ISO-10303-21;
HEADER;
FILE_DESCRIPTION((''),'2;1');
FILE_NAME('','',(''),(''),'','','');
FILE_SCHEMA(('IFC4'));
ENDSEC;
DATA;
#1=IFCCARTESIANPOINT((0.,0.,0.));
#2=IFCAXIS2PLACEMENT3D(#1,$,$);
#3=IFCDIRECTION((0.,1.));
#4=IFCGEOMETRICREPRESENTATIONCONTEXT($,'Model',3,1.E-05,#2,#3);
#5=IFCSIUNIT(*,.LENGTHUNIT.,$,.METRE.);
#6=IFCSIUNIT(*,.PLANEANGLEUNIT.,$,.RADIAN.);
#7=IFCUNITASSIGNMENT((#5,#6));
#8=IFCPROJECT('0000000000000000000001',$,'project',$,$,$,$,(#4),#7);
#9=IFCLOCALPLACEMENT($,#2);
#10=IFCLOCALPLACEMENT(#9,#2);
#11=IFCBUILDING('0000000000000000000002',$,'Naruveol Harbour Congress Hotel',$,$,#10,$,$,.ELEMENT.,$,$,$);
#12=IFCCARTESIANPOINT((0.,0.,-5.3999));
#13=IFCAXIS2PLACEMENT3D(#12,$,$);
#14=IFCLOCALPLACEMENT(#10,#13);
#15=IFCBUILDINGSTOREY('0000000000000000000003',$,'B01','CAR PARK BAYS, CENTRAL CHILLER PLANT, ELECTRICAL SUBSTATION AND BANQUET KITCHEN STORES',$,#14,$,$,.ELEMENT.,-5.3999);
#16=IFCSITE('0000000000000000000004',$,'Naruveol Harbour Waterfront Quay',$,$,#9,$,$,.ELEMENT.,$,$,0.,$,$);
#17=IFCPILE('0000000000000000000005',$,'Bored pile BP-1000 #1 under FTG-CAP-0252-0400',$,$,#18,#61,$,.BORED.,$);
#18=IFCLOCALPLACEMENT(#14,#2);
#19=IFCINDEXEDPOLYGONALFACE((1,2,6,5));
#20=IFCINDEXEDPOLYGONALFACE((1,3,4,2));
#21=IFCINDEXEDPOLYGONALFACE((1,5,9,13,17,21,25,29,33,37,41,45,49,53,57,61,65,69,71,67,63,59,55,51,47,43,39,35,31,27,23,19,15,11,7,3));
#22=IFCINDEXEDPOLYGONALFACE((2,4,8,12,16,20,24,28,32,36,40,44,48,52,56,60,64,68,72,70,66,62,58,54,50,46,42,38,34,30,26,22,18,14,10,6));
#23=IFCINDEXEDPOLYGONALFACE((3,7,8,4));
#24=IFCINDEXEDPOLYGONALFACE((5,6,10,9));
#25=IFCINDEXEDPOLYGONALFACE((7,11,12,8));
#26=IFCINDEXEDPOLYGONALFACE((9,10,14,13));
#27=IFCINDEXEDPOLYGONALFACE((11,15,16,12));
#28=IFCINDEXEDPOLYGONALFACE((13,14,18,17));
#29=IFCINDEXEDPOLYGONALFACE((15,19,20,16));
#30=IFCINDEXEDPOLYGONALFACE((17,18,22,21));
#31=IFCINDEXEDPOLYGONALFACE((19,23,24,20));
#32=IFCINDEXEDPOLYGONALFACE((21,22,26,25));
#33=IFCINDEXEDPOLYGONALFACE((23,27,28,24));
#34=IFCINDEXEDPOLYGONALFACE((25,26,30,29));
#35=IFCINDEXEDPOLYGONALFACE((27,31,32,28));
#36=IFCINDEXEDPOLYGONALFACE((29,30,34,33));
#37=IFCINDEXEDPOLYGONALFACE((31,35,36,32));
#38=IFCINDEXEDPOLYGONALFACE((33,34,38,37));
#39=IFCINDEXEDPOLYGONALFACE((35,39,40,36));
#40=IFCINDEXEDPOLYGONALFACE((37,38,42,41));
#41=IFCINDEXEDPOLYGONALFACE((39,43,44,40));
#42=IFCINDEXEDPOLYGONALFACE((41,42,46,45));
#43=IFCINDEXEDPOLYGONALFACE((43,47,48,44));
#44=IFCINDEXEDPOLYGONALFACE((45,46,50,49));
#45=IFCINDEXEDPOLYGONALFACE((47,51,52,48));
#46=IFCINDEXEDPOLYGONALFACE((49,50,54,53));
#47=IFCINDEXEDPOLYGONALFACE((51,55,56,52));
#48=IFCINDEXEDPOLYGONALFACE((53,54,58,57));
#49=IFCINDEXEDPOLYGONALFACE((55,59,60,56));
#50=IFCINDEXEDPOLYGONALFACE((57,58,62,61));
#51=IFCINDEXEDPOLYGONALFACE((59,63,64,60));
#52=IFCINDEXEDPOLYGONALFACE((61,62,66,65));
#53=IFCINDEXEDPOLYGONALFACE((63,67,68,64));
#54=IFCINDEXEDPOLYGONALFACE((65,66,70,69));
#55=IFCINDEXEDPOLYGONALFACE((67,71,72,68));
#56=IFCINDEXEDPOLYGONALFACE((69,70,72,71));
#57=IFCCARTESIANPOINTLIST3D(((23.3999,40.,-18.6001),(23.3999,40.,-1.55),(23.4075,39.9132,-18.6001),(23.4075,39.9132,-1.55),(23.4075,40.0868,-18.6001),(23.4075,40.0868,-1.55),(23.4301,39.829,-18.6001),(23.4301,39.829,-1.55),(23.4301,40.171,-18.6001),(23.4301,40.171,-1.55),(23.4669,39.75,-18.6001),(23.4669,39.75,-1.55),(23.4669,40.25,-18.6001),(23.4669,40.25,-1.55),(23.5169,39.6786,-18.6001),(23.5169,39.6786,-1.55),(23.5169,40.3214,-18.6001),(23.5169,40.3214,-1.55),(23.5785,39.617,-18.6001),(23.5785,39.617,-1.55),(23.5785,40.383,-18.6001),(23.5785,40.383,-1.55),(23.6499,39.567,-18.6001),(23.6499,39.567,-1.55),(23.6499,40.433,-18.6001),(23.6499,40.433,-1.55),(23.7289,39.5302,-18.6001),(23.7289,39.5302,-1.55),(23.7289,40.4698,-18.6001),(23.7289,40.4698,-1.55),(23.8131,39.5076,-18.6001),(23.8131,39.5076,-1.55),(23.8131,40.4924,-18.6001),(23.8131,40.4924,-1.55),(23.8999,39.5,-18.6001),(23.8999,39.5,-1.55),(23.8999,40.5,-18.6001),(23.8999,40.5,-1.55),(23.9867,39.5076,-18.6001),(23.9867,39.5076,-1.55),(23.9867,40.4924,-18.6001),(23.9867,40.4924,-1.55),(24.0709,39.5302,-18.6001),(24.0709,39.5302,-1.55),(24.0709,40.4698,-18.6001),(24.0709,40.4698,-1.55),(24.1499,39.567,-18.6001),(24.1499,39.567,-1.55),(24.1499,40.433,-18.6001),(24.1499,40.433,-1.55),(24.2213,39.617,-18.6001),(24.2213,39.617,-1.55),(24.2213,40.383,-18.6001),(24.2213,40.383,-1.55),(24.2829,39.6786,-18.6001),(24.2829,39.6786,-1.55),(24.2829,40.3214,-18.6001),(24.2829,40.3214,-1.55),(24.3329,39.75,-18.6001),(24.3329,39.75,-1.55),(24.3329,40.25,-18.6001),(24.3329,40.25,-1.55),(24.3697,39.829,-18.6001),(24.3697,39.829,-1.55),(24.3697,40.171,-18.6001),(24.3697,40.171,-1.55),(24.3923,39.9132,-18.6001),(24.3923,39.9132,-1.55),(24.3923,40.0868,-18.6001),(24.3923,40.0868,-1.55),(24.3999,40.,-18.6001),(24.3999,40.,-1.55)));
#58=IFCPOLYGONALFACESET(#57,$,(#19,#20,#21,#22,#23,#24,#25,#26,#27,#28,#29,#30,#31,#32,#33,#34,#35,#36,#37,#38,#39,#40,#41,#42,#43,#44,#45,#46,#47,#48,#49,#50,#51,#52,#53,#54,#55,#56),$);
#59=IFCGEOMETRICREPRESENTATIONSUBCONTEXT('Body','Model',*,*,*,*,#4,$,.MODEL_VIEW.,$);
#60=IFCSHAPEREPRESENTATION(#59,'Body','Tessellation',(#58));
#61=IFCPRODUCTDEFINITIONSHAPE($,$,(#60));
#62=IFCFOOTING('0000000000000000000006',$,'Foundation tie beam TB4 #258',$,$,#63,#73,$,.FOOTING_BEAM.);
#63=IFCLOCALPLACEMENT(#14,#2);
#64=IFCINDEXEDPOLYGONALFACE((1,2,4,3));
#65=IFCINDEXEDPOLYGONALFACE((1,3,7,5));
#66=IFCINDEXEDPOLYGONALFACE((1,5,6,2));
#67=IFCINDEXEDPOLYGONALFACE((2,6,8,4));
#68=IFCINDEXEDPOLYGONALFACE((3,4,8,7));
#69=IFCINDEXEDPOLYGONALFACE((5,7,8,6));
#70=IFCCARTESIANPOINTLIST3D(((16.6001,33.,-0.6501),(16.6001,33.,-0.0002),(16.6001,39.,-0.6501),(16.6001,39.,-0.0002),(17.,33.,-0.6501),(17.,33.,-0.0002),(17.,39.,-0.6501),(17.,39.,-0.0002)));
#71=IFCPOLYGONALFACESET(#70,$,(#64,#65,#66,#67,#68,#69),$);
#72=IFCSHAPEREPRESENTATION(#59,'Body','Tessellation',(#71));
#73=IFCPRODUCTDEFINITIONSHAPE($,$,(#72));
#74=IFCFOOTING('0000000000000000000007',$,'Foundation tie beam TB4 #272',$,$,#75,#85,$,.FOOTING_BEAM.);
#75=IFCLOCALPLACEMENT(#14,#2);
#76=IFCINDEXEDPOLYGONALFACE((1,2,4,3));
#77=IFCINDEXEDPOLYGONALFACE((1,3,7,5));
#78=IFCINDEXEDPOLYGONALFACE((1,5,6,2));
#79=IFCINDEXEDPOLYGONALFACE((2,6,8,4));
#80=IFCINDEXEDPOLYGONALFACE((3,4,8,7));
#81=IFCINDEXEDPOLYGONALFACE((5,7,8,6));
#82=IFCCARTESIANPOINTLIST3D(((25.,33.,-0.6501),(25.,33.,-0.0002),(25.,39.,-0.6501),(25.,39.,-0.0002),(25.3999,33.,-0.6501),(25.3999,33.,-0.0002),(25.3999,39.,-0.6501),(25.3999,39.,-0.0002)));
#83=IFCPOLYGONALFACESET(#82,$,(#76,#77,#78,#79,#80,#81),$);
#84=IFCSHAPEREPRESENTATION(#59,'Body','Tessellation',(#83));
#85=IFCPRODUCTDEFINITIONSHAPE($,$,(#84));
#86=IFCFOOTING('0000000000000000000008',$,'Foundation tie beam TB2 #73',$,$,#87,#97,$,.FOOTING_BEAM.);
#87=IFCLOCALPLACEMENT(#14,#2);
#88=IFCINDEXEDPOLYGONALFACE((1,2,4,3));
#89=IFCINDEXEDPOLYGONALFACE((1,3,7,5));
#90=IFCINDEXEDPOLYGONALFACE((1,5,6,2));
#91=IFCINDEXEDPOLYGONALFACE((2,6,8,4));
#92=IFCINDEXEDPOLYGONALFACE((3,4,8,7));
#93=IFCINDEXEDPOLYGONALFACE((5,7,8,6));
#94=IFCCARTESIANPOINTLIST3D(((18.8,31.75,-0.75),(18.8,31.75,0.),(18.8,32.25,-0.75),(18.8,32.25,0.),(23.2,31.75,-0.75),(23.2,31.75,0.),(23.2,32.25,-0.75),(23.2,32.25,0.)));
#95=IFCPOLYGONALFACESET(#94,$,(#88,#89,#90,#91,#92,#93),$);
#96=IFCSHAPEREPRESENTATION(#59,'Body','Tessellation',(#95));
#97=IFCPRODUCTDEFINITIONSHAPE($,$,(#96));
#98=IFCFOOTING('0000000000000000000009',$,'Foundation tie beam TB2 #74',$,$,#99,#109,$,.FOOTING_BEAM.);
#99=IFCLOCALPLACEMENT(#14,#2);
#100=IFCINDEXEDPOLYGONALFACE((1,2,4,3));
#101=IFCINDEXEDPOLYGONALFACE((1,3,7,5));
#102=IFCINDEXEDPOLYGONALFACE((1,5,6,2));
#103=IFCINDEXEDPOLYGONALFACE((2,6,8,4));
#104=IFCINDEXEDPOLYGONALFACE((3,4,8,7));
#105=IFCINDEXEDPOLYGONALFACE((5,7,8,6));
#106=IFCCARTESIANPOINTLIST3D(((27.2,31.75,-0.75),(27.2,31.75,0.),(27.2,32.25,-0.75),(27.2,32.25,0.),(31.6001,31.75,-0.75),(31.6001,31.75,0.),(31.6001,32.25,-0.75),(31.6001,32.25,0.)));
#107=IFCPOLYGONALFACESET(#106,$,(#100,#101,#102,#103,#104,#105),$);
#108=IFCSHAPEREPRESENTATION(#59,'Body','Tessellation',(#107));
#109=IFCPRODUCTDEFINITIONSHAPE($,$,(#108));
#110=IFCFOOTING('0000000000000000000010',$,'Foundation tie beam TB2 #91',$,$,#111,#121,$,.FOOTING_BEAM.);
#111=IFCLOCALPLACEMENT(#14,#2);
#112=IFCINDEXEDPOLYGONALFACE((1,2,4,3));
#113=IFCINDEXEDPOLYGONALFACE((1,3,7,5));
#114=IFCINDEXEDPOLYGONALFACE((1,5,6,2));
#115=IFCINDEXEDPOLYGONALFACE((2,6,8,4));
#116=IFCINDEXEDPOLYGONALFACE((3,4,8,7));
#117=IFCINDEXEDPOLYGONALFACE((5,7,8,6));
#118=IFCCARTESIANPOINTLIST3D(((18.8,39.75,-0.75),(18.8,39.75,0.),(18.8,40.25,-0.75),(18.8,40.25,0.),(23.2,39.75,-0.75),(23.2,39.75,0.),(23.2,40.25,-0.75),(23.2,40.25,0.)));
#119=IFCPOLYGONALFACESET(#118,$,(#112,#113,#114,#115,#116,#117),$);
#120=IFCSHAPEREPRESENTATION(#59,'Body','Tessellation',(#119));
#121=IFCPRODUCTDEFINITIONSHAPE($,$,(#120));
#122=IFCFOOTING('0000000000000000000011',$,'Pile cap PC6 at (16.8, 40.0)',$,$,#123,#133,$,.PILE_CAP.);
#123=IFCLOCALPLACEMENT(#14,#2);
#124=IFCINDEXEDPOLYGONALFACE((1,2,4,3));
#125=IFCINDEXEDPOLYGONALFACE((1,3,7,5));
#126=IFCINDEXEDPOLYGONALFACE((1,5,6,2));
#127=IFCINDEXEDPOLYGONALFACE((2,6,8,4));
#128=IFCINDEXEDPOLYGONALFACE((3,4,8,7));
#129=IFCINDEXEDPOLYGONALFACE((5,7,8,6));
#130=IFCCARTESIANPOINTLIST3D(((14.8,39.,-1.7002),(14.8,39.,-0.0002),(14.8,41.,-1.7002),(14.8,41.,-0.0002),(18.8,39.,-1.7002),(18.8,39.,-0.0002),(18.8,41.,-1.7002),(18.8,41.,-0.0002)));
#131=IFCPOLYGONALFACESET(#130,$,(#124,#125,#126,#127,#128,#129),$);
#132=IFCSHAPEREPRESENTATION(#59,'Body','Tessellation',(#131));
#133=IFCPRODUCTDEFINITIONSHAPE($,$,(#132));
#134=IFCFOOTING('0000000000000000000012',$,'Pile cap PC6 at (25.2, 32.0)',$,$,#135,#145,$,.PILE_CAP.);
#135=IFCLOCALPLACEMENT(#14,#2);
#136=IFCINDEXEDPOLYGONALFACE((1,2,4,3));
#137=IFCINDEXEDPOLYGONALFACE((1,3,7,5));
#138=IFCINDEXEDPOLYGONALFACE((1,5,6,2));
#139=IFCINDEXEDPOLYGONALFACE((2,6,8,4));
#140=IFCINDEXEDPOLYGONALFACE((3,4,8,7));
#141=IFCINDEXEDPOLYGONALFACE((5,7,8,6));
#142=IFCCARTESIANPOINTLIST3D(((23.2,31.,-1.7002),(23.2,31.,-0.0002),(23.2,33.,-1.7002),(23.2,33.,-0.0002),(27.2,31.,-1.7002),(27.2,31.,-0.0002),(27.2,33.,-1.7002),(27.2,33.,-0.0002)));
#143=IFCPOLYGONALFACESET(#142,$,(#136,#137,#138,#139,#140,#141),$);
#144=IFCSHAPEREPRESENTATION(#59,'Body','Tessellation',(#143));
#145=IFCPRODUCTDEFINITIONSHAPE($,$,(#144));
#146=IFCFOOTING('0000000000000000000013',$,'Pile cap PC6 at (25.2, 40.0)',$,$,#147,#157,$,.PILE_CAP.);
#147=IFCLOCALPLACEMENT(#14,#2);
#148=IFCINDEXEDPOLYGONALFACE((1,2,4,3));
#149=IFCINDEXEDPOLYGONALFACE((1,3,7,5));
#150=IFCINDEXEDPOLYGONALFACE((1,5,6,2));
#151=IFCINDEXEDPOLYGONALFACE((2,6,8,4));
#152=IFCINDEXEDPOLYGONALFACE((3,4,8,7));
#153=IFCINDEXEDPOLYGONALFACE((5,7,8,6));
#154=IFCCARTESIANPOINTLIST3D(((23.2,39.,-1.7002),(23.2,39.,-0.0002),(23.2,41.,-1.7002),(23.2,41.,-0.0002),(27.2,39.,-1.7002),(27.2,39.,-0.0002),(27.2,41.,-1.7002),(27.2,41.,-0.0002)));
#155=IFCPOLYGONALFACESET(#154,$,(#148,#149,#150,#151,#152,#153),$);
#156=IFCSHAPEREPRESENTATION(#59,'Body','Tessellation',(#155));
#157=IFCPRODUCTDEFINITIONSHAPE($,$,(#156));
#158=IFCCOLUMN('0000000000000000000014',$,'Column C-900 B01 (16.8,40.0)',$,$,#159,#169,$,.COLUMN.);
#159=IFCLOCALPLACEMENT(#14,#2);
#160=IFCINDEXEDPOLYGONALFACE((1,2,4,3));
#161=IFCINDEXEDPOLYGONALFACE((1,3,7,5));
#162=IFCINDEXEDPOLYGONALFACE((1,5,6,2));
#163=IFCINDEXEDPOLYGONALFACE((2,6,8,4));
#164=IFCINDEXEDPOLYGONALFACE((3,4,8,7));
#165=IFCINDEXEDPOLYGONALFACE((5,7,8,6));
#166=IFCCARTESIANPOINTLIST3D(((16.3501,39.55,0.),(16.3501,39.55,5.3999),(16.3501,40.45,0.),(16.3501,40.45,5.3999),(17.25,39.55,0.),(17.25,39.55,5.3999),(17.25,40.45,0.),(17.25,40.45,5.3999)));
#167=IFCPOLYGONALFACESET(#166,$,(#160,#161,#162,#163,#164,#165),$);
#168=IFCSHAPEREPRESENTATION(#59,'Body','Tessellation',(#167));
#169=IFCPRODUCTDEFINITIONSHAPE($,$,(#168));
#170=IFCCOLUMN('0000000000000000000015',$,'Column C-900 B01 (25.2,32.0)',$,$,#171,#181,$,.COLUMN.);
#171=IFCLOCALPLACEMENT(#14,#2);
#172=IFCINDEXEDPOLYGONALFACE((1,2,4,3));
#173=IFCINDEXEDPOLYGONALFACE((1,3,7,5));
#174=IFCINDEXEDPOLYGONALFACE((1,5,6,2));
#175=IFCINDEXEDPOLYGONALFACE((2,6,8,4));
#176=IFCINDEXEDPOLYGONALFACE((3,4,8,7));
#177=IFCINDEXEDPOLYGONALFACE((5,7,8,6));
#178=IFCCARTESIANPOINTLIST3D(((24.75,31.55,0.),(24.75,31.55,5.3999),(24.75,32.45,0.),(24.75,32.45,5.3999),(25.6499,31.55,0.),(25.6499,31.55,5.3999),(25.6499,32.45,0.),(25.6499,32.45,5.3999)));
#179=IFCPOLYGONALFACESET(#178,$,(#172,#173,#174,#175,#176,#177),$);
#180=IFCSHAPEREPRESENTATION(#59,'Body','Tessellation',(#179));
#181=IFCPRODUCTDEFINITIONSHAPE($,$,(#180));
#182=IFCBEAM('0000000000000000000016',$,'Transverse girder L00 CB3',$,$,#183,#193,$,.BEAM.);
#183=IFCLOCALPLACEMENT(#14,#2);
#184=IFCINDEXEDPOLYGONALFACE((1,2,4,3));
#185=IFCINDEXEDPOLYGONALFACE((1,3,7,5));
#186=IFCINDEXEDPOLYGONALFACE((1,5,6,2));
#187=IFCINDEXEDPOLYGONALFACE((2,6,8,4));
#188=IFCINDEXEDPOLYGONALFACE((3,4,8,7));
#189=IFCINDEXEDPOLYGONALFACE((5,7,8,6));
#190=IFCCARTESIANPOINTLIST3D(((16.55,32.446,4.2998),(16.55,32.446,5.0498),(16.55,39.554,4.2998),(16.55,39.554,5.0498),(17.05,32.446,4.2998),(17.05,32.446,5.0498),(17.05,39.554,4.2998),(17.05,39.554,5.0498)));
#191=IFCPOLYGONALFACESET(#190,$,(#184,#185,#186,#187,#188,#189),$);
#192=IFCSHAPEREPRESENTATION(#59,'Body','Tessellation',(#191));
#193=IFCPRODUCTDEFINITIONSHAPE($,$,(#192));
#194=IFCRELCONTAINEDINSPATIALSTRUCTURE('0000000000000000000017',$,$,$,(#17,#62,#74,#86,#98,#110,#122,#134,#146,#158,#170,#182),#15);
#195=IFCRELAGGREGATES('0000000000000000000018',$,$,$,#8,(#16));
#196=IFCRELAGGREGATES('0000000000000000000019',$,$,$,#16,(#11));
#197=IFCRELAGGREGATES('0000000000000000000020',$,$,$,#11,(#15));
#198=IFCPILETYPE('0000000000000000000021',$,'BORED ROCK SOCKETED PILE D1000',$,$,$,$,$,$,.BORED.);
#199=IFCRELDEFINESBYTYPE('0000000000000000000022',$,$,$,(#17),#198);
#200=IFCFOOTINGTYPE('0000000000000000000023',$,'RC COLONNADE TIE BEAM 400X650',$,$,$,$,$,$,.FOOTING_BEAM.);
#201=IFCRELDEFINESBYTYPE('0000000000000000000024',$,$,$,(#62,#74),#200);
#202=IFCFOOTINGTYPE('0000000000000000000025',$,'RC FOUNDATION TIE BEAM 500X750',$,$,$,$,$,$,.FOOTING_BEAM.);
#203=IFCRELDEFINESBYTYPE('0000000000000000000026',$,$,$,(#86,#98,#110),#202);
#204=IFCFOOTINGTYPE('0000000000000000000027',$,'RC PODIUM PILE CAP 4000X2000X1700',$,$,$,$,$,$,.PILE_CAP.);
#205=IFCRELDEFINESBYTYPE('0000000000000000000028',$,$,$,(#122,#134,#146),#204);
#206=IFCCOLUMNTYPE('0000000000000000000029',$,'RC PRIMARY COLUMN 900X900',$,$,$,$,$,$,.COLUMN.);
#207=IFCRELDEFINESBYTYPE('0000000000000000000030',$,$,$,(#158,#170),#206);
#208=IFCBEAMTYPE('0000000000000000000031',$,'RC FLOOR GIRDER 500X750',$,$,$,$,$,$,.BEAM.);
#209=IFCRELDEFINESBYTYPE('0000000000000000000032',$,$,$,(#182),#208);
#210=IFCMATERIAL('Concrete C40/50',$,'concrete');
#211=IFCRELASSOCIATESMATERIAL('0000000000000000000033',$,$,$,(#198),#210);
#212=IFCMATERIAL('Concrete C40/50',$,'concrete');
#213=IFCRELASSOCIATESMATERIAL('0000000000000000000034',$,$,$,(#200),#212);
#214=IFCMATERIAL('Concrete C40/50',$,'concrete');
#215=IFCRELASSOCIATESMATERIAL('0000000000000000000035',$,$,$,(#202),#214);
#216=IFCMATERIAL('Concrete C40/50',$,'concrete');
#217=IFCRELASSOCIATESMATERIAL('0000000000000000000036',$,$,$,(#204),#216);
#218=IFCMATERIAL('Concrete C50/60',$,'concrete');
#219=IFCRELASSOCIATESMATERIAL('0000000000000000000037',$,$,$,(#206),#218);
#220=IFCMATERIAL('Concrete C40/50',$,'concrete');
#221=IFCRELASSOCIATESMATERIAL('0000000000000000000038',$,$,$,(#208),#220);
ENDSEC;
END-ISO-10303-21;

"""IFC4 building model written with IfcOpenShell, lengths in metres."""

from ifc_helpers import new_model, si_unit, direction, frame, origin, origin_2d, place, context, subcontext, project, spatial, rectangle, circle, extrude, material, material_profile, profile_set, type_object, element, save


model = new_model("IFC4")

# Units and contexts
model_context = context("Model", 3, precision=1e-05, world=origin(), true_north=direction((0.0, 1.0)))
body_context = subcontext(model_context, "Body", "Model", "MODEL_VIEW")
ifc_project = project(units=[si_unit("LENGTHUNIT", "METRE"), si_unit("PLANEANGLEUNIT", "RADIAN")], contexts=[model_context])

# Site, building, storey
site_placement = place(None, origin())
site = spatial("IfcSite", under=ifc_project, at=site_placement, Name="Naruveol Harbour Waterfront Quay", CompositionType="ELEMENT", RefElevation=0.0)
building_placement = place(site_placement, origin())
building = spatial("IfcBuilding", under=site, at=building_placement, Name="Naruveol Harbour Congress Hotel", CompositionType="ELEMENT")
storey_placement = place(building_placement, frame((0.0, 0.0, -5.3999)))
storey = spatial("IfcBuildingStorey", under=building, at=storey_placement, Name="B01", Description="CAR PARK BAYS, CENTRAL CHILLER PLANT, ELECTRICAL SUBSTATION AND BANQUET KITCHEN STORES", CompositionType="ELEMENT", Elevation=-5.3999)

# Pile
ifc_material_1 = material(Name="Concrete C40/50", Category="concrete")
ifc_material_profile_1 = material_profile(ifc_material_1, circle(Radius=0.5, at=origin_2d()), Name="BP-1000")
ifc_profile_set_1 = profile_set([ifc_material_profile_1], Name="Concrete C40/50")
pile_type = type_object("IfcPileType", Name="BORED ROCK SOCKETED PILE D1000", PredefinedType="BORED", material=ifc_profile_set_1)
for number, where, z_axis, x_axis, name in (
    (1, (23.8999, 40.0, -1.55), (0.0, 0.0, -1.0), (1.0, 0.0, 0.0), "Bored pile BP-1000 #1 under FTG-CAP-0252-0400"),
):
    element("IfcPile", number, at=place(storey_placement, frame(where, z_axis=z_axis, x_axis=x_axis)), inside=storey, type_object=pile_type, Name=name, PredefinedType="BORED", context=body_context, shape_type="SweptSolid", body=[
        extrude(circle(Radius=0.5, at=origin_2d()), origin(), (0.0, 0.0, 1.0), 17.05),
    ])

# Footings
ifc_material_2 = material(Name="Concrete C40/50", Category="concrete")
ifc_material_profile_2 = material_profile(ifc_material_2, rectangle(XDim=0.3999, YDim=0.6499, at=origin_2d()), Name="RCB-400x650")
ifc_profile_set_2 = profile_set([ifc_material_profile_2], Name="Concrete C40/50")
footing_type_1 = type_object("IfcFootingType", Name="RC COLONNADE TIE BEAM 400X650", PredefinedType="FOOTING_BEAM", material=ifc_profile_set_2)
for number, where, z_axis, x_axis, name in (
    (2, (16.8, 33.0, -0.3252), (0.0, 1.0, 0.0), (-1.0, 0.0, 0.0), "Foundation tie beam TB4 #258"),
    (3, (25.2, 33.0, -0.3252), (0.0, 1.0, 0.0), (-1.0, 0.0, 0.0), "Foundation tie beam TB4 #272"),
):
    element("IfcFooting", number, at=place(storey_placement, frame(where, z_axis=z_axis, x_axis=x_axis)), inside=storey, type_object=footing_type_1, Name=name, PredefinedType="FOOTING_BEAM", context=body_context, shape_type="SweptSolid", body=[
        extrude(rectangle(XDim=0.3999, YDim=0.6499, at=origin_2d()), origin(), (0.0, 0.0, 1.0), 6.0),
    ])
ifc_material_3 = material(Name="Concrete C40/50", Category="concrete")
ifc_material_profile_3 = material_profile(ifc_material_3, rectangle(XDim=0.5, YDim=0.75, at=origin_2d()), Name="RCB-500x750")
ifc_profile_set_3 = profile_set([ifc_material_profile_3], Name="Concrete C40/50")
footing_type_2 = type_object("IfcFootingType", Name="RC FOUNDATION TIE BEAM 500X750", PredefinedType="FOOTING_BEAM", material=ifc_profile_set_3)
footing_1_placement = place(storey_placement, frame((18.8, 32.0, -0.375), z_axis=(1.0, 0.0, 0.0), x_axis=(0.0, 1.0, 0.0)))
element("IfcFooting", 4, at=footing_1_placement, inside=storey, type_object=footing_type_2, Name="Foundation tie beam TB2 #73", PredefinedType="FOOTING_BEAM", context=body_context, shape_type="SweptSolid", body=[
    extrude(rectangle(XDim=0.5, YDim=0.75, at=origin_2d()), origin(), (0.0, 0.0, 1.0), 4.3999),
])
footing_2_placement = place(storey_placement, frame((27.2, 32.0, -0.375), z_axis=(1.0, 0.0, 0.0), x_axis=(0.0, 1.0, 0.0)))
element("IfcFooting", 5, at=footing_2_placement, inside=storey, type_object=footing_type_2, Name="Foundation tie beam TB2 #74", PredefinedType="FOOTING_BEAM", context=body_context, shape_type="SweptSolid", body=[
    extrude(rectangle(XDim=0.5, YDim=0.75, at=origin_2d()), origin(), (0.0, 0.0, 1.0), 4.4001),
])
footing_3_placement = place(storey_placement, frame((18.8, 40.0, -0.375), z_axis=(1.0, 0.0, 0.0), x_axis=(0.0, 1.0, 0.0)))
element("IfcFooting", 6, at=footing_3_placement, inside=storey, type_object=footing_type_2, Name="Foundation tie beam TB2 #91", PredefinedType="FOOTING_BEAM", context=body_context, shape_type="SweptSolid", body=[
    extrude(rectangle(XDim=0.5, YDim=0.75, at=origin_2d()), origin(), (0.0, 0.0, 1.0), 4.3999),
])
ifc_material_4 = material(Name="Concrete C40/50", Category="concrete")
footing_type_3 = type_object("IfcFootingType", Name="RC PODIUM PILE CAP 4000X2000X1700", PredefinedType="PILE_CAP", material=ifc_material_4)
for number, where, z_axis, x_axis, name in (
    (7, (16.8, 40.0, -1.7002), (0.0, 0.0, 1.0), (1.0, 0.0, 0.0), "Pile cap PC6 at (16.8, 40.0)"),
    (8, (25.2, 32.0, -1.7002), (0.0, 0.0, 1.0), (1.0, 0.0, 0.0), "Pile cap PC6 at (25.2, 32.0)"),
    (9, (25.2, 40.0, -1.7002), (0.0, 0.0, 1.0), (1.0, 0.0, 0.0), "Pile cap PC6 at (25.2, 40.0)"),
):
    element("IfcFooting", number, at=place(storey_placement, frame(where, z_axis=z_axis, x_axis=x_axis)), inside=storey, type_object=footing_type_3, Name=name, PredefinedType="PILE_CAP", context=body_context, shape_type="SweptSolid", body=[
        extrude(rectangle(XDim=4.0, YDim=2.0, at=origin_2d()), origin(), (0.0, 0.0, 1.0), 1.7),
    ])

# Columns
ifc_material_5 = material(Name="Concrete C50/60", Category="concrete")
ifc_material_profile_4 = material_profile(ifc_material_5, rectangle(XDim=0.8999, YDim=0.8999, at=origin_2d()), Name="RC-900x900")
ifc_profile_set_4 = profile_set([ifc_material_profile_4], Name="Concrete C50/60")
column_type = type_object("IfcColumnType", Name="RC PRIMARY COLUMN 900X900", PredefinedType="COLUMN", material=ifc_profile_set_4)
for number, where, z_axis, x_axis, name in (
    (10, (16.8, 40.0, 0.0), (0.0, 0.0, 1.0), (1.0, 0.0, 0.0), "Column C-900 B01 (16.8,40.0)"),
    (11, (25.2, 32.0, 0.0), (0.0, 0.0, 1.0), (1.0, 0.0, 0.0), "Column C-900 B01 (25.2,32.0)"),
):
    element("IfcColumn", number, at=place(storey_placement, frame(where, z_axis=z_axis, x_axis=x_axis)), inside=storey, type_object=column_type, Name=name, PredefinedType="COLUMN", context=body_context, shape_type="SweptSolid", body=[
        extrude(rectangle(XDim=0.8999, YDim=0.8999, at=origin_2d()), origin(), (0.0, 0.0, 1.0), 5.3999),
    ])

# Beam
ifc_material_6 = material(Name="Concrete C40/50", Category="concrete")
ifc_material_profile_5 = material_profile(ifc_material_6, rectangle(XDim=0.5, YDim=0.75, at=origin_2d()), Name="RCB-500x750")
ifc_profile_set_5 = profile_set([ifc_material_profile_5], Name="Concrete C40/50")
beam_type_1 = type_object("IfcBeamType", Name="RC FLOOR GIRDER 500X750", PredefinedType="BEAM", material=ifc_profile_set_5)
for number, where, z_axis, x_axis, name in (
    (12, (16.8, 32.446, 4.6748), (0.0, 1.0, 0.0), (-1.0, 0.0, 0.0), "Transverse girder L00 CB3"),
):
    element("IfcBeam", number, at=place(storey_placement, frame(where, z_axis=z_axis, x_axis=x_axis)), inside=storey, type_object=beam_type_1, Name=name, PredefinedType="BEAM", context=body_context, shape_type="SweptSolid", body=[
        extrude(rectangle(XDim=0.5, YDim=0.75, at=origin_2d()), origin(), (0.0, 0.0, 1.0), 7.1079),
    ])

save(model, "model.ifc")
